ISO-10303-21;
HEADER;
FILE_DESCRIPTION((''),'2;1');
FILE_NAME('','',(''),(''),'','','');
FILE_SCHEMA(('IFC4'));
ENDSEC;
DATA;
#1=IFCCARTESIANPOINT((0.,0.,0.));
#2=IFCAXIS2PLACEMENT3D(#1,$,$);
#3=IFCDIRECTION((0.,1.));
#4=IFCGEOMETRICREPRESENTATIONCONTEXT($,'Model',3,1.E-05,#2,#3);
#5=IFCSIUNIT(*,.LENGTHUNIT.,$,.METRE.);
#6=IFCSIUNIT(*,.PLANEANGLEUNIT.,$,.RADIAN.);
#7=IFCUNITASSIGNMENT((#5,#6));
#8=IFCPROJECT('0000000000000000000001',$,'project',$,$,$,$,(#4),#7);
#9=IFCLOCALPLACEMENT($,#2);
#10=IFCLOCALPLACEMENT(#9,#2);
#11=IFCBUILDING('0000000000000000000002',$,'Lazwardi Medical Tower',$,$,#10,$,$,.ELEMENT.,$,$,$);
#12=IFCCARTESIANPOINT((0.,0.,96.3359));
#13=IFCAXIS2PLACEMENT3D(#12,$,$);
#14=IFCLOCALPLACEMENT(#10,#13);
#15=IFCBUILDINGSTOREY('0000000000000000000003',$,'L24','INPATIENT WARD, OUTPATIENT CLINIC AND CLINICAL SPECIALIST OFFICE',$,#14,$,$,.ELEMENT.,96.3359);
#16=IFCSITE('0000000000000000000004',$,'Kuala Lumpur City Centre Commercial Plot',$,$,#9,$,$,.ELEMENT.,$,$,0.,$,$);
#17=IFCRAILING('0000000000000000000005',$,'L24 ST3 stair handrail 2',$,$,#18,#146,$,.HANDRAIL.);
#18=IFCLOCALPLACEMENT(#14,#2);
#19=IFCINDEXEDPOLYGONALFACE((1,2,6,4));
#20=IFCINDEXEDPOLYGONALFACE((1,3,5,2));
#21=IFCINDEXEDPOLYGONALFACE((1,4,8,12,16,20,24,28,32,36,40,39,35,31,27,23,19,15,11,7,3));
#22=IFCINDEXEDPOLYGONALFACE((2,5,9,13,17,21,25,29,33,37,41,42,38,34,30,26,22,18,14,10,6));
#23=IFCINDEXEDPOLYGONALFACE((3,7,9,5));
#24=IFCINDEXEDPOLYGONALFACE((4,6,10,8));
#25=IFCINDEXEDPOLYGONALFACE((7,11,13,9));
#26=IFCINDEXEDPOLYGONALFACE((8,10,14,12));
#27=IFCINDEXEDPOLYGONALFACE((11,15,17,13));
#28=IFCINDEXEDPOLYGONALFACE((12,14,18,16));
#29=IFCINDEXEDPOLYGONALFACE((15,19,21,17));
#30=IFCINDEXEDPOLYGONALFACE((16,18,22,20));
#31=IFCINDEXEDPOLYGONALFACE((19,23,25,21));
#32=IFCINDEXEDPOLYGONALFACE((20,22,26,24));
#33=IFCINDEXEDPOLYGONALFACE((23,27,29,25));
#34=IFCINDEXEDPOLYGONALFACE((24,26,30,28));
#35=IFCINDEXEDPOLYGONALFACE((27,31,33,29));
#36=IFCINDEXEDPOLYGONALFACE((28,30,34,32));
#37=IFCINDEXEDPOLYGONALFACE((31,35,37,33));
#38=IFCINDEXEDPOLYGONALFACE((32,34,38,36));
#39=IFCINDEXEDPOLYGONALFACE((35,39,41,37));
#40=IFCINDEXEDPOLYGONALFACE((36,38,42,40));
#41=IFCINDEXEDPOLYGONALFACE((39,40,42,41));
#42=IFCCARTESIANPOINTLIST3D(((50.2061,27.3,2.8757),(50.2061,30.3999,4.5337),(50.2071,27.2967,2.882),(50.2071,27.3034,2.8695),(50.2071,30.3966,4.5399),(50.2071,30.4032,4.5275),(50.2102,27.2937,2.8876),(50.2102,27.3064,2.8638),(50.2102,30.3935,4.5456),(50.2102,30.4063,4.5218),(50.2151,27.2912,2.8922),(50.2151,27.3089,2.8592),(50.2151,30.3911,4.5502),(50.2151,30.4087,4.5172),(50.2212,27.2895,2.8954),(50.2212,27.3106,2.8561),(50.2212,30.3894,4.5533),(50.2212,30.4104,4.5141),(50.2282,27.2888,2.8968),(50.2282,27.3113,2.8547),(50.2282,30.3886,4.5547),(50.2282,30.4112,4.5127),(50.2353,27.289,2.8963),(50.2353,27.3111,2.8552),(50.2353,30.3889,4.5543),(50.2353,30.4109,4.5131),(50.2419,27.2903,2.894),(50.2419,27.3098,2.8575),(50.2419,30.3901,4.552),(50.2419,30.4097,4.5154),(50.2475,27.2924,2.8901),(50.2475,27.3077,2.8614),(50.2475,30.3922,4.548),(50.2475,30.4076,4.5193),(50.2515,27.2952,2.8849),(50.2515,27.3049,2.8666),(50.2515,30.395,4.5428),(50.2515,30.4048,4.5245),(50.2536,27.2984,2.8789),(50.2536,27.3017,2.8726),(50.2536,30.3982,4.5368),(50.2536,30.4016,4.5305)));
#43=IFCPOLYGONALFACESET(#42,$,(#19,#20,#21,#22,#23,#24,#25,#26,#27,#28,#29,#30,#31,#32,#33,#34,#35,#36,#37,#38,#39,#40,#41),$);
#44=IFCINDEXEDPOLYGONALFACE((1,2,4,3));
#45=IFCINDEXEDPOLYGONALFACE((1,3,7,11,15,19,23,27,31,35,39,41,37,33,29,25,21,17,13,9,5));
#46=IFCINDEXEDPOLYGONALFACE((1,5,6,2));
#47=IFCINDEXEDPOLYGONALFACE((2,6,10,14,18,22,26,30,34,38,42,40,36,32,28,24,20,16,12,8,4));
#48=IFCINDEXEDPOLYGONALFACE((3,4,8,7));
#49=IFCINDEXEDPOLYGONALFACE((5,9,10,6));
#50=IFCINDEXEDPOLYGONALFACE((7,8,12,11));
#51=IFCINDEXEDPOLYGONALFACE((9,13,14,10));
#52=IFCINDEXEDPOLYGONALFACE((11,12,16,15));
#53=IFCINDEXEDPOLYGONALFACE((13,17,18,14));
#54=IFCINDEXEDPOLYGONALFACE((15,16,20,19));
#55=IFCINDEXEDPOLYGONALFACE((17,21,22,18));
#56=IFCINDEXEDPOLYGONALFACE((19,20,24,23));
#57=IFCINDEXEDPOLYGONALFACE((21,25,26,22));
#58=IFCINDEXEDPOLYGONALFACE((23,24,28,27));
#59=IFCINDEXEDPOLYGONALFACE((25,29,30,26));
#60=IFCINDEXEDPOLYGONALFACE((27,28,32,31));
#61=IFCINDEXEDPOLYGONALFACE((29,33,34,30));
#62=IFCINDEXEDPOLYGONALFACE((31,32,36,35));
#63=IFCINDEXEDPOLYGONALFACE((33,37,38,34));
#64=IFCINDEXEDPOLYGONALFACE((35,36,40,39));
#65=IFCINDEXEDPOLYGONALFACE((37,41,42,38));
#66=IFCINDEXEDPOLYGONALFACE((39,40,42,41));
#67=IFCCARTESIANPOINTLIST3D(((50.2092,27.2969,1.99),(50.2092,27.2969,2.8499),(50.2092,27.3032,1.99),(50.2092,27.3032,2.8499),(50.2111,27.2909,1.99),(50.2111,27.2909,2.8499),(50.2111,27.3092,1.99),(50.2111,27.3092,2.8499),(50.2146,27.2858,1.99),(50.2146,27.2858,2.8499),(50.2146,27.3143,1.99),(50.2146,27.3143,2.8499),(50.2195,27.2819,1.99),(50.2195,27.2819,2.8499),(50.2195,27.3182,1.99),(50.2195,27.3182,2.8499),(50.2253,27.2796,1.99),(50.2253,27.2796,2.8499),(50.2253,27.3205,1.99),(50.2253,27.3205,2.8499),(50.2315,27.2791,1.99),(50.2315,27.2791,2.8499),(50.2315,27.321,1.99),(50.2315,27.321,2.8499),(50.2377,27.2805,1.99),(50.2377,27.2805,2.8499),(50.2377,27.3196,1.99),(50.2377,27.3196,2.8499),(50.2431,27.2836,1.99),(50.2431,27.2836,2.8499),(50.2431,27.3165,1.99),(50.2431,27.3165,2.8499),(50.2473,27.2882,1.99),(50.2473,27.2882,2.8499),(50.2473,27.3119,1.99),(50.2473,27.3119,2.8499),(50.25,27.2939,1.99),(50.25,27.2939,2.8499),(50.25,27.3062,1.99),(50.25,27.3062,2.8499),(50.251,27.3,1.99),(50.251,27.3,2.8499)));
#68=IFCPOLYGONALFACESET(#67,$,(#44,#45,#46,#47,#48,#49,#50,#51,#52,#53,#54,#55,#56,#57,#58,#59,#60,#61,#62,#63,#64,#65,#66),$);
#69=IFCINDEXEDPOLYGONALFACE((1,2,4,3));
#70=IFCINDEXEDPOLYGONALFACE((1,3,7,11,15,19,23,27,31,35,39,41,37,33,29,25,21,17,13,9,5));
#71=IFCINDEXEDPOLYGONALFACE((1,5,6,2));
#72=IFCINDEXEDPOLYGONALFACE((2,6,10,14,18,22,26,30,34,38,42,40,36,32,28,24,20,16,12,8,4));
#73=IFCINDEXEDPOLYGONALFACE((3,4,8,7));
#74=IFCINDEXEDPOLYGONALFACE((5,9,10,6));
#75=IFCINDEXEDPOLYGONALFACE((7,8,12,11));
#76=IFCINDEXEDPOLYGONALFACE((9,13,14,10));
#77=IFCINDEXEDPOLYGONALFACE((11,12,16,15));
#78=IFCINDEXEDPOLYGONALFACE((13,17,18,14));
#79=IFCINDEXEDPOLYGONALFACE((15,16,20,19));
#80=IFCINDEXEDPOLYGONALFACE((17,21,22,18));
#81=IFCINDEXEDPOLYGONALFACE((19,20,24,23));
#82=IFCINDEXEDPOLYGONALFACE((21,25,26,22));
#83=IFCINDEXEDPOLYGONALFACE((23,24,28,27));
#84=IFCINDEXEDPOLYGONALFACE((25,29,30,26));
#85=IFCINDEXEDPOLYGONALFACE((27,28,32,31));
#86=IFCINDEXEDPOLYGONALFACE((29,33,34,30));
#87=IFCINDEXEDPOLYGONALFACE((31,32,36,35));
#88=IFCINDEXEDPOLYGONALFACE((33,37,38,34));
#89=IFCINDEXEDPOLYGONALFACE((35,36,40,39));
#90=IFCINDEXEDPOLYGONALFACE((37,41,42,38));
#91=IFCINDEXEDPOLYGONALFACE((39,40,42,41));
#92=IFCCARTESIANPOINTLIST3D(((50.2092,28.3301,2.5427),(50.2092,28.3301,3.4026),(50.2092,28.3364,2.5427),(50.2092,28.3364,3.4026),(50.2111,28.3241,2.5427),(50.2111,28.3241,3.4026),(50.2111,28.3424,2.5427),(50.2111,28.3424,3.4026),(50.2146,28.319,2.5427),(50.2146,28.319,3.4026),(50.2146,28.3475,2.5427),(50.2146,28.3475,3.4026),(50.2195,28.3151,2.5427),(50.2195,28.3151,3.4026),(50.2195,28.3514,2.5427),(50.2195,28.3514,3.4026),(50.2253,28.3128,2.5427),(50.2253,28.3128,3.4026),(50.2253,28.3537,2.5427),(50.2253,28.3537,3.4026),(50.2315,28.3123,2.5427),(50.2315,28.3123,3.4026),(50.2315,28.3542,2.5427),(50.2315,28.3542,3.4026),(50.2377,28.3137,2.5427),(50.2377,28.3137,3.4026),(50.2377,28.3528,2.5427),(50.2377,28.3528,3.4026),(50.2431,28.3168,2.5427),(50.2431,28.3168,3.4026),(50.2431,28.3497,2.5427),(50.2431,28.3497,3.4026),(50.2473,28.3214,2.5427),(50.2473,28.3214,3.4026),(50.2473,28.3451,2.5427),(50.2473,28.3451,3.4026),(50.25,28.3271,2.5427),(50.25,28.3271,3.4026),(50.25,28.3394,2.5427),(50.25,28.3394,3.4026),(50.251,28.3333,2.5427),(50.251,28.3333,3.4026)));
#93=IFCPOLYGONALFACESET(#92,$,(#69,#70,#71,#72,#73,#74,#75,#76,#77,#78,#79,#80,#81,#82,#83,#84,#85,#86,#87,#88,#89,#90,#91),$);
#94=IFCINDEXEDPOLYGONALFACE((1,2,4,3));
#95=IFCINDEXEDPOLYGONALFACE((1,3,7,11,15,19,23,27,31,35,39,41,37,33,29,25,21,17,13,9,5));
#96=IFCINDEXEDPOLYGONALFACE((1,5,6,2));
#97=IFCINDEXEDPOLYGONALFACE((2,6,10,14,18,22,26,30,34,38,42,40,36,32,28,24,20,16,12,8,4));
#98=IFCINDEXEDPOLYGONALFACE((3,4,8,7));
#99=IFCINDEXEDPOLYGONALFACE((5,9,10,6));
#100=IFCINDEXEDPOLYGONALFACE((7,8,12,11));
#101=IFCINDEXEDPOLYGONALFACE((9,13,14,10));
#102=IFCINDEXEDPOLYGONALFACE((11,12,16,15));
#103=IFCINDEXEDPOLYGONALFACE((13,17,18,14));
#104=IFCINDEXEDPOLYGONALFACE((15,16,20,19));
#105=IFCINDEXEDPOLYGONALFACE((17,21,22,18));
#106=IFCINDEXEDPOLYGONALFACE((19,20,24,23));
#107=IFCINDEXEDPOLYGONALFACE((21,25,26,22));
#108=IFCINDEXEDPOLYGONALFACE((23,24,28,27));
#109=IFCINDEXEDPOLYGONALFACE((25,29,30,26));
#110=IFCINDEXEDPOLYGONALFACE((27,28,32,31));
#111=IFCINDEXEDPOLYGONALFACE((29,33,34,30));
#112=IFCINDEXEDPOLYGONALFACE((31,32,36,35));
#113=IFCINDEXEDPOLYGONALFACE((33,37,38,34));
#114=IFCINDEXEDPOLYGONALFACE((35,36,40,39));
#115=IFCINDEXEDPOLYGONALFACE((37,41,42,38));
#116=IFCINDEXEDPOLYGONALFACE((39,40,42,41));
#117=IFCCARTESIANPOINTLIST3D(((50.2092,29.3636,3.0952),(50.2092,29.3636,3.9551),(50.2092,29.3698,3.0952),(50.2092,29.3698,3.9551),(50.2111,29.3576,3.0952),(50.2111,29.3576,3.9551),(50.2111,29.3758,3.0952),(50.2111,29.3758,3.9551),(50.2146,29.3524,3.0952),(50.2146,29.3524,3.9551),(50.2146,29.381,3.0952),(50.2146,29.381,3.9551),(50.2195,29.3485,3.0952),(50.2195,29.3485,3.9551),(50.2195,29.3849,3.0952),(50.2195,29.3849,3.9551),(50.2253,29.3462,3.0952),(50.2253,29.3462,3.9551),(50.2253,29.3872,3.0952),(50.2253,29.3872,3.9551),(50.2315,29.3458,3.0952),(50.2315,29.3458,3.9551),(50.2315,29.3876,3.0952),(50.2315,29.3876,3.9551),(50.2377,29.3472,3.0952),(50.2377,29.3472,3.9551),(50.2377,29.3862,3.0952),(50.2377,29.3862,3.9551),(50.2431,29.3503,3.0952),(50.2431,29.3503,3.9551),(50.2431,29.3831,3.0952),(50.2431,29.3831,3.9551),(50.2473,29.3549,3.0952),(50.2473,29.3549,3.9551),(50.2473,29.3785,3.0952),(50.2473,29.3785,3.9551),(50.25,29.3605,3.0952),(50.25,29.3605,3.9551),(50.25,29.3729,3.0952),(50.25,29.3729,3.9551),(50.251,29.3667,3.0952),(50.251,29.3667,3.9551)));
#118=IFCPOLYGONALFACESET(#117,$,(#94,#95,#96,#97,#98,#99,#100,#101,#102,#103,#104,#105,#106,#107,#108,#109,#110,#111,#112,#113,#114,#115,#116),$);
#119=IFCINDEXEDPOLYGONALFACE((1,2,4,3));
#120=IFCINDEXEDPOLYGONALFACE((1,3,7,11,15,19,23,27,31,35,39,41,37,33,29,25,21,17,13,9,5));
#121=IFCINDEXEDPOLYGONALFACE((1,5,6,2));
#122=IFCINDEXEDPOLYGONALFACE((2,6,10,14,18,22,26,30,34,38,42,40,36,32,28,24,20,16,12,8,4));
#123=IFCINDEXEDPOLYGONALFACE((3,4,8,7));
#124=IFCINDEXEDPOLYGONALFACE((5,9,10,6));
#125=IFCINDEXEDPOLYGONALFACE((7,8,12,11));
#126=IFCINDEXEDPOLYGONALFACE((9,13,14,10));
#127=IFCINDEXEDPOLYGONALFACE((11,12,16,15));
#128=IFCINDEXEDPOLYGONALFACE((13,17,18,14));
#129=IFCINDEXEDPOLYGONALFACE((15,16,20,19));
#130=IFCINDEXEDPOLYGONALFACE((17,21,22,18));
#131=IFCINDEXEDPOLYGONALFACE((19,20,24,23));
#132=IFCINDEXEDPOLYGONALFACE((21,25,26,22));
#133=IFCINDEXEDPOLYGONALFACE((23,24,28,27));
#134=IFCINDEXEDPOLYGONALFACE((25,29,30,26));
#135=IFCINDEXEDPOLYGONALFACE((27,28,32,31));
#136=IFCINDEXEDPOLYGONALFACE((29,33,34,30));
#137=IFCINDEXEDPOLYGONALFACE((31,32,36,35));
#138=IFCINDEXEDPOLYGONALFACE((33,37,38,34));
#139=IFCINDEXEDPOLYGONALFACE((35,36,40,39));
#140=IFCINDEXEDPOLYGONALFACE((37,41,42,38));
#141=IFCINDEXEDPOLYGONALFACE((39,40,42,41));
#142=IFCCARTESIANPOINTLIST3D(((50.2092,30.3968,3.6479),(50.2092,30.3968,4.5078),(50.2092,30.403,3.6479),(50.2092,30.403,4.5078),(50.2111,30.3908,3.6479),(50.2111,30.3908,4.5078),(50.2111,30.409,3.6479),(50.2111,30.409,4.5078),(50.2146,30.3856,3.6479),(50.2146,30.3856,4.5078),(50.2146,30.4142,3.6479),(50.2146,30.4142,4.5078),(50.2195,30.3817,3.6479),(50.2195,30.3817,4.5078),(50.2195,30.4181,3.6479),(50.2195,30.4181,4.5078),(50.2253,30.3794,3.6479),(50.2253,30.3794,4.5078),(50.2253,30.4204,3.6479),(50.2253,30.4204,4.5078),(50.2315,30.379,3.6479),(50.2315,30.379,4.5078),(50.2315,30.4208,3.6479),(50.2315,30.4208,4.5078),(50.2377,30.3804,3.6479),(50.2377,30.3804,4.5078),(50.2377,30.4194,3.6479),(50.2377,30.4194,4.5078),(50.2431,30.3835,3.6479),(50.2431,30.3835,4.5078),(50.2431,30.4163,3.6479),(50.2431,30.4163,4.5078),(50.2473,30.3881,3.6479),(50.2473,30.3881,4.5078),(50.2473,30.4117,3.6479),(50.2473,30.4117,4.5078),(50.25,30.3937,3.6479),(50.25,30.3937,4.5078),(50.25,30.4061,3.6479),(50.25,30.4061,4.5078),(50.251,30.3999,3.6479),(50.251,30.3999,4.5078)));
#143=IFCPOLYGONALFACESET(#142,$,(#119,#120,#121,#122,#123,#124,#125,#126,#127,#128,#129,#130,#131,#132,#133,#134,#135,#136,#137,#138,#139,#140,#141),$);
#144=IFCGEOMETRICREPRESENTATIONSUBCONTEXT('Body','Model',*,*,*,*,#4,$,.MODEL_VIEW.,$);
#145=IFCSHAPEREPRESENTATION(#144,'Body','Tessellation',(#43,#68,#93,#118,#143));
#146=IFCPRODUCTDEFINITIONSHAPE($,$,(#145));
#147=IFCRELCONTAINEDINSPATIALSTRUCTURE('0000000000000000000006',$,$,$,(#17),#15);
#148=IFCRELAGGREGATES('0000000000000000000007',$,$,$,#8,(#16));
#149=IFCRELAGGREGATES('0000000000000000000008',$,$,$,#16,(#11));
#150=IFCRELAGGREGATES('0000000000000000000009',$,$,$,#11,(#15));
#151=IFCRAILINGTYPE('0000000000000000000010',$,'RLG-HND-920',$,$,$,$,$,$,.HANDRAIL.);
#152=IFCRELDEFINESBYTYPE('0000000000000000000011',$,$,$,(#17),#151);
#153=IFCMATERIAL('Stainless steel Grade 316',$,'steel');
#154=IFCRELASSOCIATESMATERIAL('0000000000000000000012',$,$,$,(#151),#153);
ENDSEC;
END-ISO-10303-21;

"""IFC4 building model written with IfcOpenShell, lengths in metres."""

from ifc_helpers import new_model, si_unit, direction, frame, origin, origin_2d, place, context, subcontext, project, spatial, circle, extrude, material, type_object, element, save


model = new_model("IFC4")

# Units and contexts
model_context = context("Model", 3, precision=1e-05, world=origin(), true_north=direction((0.0, 1.0)))
body_context = subcontext(model_context, "Body", "Model", "MODEL_VIEW")
ifc_project = project(units=[si_unit("LENGTHUNIT", "METRE"), si_unit("PLANEANGLEUNIT", "RADIAN")], contexts=[model_context])

# Site, building, storey
site_placement = place(None, origin())
site = spatial("IfcSite", under=ifc_project, at=site_placement, Name="Kuala Lumpur City Centre Commercial Plot", CompositionType="ELEMENT", RefElevation=0.0)
building_placement = place(site_placement, origin())
building = spatial("IfcBuilding", under=site, at=building_placement, Name="Lazwardi Medical Tower", CompositionType="ELEMENT")
storey_placement = place(building_placement, frame((0.0, 0.0, 96.3359)))
storey = spatial("IfcBuildingStorey", under=building, at=storey_placement, Name="L24", Description="INPATIENT WARD, OUTPATIENT CLINIC AND CLINICAL SPECIALIST OFFICE", CompositionType="ELEMENT", Elevation=96.3359)

# Railing
ifc_material_1 = material(Name="Stainless steel Grade 316", Category="steel")
railing_type_1 = type_object("IfcRailingType", Name="RLG-HND-920", PredefinedType="HANDRAIL", material=ifc_material_1)
railing_1_placement = place(storey_placement, frame((50.23, 27.3, 1.99)))
element("IfcRailing", 1, at=railing_1_placement, inside=storey, type_object=railing_type_1, Name="L24 ST3 stair handrail 2", PredefinedType="HANDRAIL", context=body_context, shape_type="SweptSolid", body=[
    extrude(circle(Radius=0.0239, at=origin_2d()), frame((0.0, 0.0, 0.8857), z_axis=(0.0, 0.881797, 0.47163), x_axis=(-1.0, 0.0, 0.0)), (0.0, 0.0, 1.0), 3.5154),
    extrude(circle(Radius=0.021, at=origin_2d()), origin(), (0.0, 0.0, 1.0), 0.8599),
    extrude(circle(Radius=0.021, at=origin_2d()), frame((0.0, 1.0332, 0.5527)), (0.0, 0.0, 1.0), 0.8599),
    extrude(circle(Radius=0.021, at=origin_2d()), frame((0.0, 2.0667, 1.1052)), (0.0, 0.0, 1.0), 0.8599),
    extrude(circle(Radius=0.021, at=origin_2d()), frame((0.0, 3.0999, 1.658)), (0.0, 0.0, 1.0), 0.8599),
])

save(model, "model.ifc")
